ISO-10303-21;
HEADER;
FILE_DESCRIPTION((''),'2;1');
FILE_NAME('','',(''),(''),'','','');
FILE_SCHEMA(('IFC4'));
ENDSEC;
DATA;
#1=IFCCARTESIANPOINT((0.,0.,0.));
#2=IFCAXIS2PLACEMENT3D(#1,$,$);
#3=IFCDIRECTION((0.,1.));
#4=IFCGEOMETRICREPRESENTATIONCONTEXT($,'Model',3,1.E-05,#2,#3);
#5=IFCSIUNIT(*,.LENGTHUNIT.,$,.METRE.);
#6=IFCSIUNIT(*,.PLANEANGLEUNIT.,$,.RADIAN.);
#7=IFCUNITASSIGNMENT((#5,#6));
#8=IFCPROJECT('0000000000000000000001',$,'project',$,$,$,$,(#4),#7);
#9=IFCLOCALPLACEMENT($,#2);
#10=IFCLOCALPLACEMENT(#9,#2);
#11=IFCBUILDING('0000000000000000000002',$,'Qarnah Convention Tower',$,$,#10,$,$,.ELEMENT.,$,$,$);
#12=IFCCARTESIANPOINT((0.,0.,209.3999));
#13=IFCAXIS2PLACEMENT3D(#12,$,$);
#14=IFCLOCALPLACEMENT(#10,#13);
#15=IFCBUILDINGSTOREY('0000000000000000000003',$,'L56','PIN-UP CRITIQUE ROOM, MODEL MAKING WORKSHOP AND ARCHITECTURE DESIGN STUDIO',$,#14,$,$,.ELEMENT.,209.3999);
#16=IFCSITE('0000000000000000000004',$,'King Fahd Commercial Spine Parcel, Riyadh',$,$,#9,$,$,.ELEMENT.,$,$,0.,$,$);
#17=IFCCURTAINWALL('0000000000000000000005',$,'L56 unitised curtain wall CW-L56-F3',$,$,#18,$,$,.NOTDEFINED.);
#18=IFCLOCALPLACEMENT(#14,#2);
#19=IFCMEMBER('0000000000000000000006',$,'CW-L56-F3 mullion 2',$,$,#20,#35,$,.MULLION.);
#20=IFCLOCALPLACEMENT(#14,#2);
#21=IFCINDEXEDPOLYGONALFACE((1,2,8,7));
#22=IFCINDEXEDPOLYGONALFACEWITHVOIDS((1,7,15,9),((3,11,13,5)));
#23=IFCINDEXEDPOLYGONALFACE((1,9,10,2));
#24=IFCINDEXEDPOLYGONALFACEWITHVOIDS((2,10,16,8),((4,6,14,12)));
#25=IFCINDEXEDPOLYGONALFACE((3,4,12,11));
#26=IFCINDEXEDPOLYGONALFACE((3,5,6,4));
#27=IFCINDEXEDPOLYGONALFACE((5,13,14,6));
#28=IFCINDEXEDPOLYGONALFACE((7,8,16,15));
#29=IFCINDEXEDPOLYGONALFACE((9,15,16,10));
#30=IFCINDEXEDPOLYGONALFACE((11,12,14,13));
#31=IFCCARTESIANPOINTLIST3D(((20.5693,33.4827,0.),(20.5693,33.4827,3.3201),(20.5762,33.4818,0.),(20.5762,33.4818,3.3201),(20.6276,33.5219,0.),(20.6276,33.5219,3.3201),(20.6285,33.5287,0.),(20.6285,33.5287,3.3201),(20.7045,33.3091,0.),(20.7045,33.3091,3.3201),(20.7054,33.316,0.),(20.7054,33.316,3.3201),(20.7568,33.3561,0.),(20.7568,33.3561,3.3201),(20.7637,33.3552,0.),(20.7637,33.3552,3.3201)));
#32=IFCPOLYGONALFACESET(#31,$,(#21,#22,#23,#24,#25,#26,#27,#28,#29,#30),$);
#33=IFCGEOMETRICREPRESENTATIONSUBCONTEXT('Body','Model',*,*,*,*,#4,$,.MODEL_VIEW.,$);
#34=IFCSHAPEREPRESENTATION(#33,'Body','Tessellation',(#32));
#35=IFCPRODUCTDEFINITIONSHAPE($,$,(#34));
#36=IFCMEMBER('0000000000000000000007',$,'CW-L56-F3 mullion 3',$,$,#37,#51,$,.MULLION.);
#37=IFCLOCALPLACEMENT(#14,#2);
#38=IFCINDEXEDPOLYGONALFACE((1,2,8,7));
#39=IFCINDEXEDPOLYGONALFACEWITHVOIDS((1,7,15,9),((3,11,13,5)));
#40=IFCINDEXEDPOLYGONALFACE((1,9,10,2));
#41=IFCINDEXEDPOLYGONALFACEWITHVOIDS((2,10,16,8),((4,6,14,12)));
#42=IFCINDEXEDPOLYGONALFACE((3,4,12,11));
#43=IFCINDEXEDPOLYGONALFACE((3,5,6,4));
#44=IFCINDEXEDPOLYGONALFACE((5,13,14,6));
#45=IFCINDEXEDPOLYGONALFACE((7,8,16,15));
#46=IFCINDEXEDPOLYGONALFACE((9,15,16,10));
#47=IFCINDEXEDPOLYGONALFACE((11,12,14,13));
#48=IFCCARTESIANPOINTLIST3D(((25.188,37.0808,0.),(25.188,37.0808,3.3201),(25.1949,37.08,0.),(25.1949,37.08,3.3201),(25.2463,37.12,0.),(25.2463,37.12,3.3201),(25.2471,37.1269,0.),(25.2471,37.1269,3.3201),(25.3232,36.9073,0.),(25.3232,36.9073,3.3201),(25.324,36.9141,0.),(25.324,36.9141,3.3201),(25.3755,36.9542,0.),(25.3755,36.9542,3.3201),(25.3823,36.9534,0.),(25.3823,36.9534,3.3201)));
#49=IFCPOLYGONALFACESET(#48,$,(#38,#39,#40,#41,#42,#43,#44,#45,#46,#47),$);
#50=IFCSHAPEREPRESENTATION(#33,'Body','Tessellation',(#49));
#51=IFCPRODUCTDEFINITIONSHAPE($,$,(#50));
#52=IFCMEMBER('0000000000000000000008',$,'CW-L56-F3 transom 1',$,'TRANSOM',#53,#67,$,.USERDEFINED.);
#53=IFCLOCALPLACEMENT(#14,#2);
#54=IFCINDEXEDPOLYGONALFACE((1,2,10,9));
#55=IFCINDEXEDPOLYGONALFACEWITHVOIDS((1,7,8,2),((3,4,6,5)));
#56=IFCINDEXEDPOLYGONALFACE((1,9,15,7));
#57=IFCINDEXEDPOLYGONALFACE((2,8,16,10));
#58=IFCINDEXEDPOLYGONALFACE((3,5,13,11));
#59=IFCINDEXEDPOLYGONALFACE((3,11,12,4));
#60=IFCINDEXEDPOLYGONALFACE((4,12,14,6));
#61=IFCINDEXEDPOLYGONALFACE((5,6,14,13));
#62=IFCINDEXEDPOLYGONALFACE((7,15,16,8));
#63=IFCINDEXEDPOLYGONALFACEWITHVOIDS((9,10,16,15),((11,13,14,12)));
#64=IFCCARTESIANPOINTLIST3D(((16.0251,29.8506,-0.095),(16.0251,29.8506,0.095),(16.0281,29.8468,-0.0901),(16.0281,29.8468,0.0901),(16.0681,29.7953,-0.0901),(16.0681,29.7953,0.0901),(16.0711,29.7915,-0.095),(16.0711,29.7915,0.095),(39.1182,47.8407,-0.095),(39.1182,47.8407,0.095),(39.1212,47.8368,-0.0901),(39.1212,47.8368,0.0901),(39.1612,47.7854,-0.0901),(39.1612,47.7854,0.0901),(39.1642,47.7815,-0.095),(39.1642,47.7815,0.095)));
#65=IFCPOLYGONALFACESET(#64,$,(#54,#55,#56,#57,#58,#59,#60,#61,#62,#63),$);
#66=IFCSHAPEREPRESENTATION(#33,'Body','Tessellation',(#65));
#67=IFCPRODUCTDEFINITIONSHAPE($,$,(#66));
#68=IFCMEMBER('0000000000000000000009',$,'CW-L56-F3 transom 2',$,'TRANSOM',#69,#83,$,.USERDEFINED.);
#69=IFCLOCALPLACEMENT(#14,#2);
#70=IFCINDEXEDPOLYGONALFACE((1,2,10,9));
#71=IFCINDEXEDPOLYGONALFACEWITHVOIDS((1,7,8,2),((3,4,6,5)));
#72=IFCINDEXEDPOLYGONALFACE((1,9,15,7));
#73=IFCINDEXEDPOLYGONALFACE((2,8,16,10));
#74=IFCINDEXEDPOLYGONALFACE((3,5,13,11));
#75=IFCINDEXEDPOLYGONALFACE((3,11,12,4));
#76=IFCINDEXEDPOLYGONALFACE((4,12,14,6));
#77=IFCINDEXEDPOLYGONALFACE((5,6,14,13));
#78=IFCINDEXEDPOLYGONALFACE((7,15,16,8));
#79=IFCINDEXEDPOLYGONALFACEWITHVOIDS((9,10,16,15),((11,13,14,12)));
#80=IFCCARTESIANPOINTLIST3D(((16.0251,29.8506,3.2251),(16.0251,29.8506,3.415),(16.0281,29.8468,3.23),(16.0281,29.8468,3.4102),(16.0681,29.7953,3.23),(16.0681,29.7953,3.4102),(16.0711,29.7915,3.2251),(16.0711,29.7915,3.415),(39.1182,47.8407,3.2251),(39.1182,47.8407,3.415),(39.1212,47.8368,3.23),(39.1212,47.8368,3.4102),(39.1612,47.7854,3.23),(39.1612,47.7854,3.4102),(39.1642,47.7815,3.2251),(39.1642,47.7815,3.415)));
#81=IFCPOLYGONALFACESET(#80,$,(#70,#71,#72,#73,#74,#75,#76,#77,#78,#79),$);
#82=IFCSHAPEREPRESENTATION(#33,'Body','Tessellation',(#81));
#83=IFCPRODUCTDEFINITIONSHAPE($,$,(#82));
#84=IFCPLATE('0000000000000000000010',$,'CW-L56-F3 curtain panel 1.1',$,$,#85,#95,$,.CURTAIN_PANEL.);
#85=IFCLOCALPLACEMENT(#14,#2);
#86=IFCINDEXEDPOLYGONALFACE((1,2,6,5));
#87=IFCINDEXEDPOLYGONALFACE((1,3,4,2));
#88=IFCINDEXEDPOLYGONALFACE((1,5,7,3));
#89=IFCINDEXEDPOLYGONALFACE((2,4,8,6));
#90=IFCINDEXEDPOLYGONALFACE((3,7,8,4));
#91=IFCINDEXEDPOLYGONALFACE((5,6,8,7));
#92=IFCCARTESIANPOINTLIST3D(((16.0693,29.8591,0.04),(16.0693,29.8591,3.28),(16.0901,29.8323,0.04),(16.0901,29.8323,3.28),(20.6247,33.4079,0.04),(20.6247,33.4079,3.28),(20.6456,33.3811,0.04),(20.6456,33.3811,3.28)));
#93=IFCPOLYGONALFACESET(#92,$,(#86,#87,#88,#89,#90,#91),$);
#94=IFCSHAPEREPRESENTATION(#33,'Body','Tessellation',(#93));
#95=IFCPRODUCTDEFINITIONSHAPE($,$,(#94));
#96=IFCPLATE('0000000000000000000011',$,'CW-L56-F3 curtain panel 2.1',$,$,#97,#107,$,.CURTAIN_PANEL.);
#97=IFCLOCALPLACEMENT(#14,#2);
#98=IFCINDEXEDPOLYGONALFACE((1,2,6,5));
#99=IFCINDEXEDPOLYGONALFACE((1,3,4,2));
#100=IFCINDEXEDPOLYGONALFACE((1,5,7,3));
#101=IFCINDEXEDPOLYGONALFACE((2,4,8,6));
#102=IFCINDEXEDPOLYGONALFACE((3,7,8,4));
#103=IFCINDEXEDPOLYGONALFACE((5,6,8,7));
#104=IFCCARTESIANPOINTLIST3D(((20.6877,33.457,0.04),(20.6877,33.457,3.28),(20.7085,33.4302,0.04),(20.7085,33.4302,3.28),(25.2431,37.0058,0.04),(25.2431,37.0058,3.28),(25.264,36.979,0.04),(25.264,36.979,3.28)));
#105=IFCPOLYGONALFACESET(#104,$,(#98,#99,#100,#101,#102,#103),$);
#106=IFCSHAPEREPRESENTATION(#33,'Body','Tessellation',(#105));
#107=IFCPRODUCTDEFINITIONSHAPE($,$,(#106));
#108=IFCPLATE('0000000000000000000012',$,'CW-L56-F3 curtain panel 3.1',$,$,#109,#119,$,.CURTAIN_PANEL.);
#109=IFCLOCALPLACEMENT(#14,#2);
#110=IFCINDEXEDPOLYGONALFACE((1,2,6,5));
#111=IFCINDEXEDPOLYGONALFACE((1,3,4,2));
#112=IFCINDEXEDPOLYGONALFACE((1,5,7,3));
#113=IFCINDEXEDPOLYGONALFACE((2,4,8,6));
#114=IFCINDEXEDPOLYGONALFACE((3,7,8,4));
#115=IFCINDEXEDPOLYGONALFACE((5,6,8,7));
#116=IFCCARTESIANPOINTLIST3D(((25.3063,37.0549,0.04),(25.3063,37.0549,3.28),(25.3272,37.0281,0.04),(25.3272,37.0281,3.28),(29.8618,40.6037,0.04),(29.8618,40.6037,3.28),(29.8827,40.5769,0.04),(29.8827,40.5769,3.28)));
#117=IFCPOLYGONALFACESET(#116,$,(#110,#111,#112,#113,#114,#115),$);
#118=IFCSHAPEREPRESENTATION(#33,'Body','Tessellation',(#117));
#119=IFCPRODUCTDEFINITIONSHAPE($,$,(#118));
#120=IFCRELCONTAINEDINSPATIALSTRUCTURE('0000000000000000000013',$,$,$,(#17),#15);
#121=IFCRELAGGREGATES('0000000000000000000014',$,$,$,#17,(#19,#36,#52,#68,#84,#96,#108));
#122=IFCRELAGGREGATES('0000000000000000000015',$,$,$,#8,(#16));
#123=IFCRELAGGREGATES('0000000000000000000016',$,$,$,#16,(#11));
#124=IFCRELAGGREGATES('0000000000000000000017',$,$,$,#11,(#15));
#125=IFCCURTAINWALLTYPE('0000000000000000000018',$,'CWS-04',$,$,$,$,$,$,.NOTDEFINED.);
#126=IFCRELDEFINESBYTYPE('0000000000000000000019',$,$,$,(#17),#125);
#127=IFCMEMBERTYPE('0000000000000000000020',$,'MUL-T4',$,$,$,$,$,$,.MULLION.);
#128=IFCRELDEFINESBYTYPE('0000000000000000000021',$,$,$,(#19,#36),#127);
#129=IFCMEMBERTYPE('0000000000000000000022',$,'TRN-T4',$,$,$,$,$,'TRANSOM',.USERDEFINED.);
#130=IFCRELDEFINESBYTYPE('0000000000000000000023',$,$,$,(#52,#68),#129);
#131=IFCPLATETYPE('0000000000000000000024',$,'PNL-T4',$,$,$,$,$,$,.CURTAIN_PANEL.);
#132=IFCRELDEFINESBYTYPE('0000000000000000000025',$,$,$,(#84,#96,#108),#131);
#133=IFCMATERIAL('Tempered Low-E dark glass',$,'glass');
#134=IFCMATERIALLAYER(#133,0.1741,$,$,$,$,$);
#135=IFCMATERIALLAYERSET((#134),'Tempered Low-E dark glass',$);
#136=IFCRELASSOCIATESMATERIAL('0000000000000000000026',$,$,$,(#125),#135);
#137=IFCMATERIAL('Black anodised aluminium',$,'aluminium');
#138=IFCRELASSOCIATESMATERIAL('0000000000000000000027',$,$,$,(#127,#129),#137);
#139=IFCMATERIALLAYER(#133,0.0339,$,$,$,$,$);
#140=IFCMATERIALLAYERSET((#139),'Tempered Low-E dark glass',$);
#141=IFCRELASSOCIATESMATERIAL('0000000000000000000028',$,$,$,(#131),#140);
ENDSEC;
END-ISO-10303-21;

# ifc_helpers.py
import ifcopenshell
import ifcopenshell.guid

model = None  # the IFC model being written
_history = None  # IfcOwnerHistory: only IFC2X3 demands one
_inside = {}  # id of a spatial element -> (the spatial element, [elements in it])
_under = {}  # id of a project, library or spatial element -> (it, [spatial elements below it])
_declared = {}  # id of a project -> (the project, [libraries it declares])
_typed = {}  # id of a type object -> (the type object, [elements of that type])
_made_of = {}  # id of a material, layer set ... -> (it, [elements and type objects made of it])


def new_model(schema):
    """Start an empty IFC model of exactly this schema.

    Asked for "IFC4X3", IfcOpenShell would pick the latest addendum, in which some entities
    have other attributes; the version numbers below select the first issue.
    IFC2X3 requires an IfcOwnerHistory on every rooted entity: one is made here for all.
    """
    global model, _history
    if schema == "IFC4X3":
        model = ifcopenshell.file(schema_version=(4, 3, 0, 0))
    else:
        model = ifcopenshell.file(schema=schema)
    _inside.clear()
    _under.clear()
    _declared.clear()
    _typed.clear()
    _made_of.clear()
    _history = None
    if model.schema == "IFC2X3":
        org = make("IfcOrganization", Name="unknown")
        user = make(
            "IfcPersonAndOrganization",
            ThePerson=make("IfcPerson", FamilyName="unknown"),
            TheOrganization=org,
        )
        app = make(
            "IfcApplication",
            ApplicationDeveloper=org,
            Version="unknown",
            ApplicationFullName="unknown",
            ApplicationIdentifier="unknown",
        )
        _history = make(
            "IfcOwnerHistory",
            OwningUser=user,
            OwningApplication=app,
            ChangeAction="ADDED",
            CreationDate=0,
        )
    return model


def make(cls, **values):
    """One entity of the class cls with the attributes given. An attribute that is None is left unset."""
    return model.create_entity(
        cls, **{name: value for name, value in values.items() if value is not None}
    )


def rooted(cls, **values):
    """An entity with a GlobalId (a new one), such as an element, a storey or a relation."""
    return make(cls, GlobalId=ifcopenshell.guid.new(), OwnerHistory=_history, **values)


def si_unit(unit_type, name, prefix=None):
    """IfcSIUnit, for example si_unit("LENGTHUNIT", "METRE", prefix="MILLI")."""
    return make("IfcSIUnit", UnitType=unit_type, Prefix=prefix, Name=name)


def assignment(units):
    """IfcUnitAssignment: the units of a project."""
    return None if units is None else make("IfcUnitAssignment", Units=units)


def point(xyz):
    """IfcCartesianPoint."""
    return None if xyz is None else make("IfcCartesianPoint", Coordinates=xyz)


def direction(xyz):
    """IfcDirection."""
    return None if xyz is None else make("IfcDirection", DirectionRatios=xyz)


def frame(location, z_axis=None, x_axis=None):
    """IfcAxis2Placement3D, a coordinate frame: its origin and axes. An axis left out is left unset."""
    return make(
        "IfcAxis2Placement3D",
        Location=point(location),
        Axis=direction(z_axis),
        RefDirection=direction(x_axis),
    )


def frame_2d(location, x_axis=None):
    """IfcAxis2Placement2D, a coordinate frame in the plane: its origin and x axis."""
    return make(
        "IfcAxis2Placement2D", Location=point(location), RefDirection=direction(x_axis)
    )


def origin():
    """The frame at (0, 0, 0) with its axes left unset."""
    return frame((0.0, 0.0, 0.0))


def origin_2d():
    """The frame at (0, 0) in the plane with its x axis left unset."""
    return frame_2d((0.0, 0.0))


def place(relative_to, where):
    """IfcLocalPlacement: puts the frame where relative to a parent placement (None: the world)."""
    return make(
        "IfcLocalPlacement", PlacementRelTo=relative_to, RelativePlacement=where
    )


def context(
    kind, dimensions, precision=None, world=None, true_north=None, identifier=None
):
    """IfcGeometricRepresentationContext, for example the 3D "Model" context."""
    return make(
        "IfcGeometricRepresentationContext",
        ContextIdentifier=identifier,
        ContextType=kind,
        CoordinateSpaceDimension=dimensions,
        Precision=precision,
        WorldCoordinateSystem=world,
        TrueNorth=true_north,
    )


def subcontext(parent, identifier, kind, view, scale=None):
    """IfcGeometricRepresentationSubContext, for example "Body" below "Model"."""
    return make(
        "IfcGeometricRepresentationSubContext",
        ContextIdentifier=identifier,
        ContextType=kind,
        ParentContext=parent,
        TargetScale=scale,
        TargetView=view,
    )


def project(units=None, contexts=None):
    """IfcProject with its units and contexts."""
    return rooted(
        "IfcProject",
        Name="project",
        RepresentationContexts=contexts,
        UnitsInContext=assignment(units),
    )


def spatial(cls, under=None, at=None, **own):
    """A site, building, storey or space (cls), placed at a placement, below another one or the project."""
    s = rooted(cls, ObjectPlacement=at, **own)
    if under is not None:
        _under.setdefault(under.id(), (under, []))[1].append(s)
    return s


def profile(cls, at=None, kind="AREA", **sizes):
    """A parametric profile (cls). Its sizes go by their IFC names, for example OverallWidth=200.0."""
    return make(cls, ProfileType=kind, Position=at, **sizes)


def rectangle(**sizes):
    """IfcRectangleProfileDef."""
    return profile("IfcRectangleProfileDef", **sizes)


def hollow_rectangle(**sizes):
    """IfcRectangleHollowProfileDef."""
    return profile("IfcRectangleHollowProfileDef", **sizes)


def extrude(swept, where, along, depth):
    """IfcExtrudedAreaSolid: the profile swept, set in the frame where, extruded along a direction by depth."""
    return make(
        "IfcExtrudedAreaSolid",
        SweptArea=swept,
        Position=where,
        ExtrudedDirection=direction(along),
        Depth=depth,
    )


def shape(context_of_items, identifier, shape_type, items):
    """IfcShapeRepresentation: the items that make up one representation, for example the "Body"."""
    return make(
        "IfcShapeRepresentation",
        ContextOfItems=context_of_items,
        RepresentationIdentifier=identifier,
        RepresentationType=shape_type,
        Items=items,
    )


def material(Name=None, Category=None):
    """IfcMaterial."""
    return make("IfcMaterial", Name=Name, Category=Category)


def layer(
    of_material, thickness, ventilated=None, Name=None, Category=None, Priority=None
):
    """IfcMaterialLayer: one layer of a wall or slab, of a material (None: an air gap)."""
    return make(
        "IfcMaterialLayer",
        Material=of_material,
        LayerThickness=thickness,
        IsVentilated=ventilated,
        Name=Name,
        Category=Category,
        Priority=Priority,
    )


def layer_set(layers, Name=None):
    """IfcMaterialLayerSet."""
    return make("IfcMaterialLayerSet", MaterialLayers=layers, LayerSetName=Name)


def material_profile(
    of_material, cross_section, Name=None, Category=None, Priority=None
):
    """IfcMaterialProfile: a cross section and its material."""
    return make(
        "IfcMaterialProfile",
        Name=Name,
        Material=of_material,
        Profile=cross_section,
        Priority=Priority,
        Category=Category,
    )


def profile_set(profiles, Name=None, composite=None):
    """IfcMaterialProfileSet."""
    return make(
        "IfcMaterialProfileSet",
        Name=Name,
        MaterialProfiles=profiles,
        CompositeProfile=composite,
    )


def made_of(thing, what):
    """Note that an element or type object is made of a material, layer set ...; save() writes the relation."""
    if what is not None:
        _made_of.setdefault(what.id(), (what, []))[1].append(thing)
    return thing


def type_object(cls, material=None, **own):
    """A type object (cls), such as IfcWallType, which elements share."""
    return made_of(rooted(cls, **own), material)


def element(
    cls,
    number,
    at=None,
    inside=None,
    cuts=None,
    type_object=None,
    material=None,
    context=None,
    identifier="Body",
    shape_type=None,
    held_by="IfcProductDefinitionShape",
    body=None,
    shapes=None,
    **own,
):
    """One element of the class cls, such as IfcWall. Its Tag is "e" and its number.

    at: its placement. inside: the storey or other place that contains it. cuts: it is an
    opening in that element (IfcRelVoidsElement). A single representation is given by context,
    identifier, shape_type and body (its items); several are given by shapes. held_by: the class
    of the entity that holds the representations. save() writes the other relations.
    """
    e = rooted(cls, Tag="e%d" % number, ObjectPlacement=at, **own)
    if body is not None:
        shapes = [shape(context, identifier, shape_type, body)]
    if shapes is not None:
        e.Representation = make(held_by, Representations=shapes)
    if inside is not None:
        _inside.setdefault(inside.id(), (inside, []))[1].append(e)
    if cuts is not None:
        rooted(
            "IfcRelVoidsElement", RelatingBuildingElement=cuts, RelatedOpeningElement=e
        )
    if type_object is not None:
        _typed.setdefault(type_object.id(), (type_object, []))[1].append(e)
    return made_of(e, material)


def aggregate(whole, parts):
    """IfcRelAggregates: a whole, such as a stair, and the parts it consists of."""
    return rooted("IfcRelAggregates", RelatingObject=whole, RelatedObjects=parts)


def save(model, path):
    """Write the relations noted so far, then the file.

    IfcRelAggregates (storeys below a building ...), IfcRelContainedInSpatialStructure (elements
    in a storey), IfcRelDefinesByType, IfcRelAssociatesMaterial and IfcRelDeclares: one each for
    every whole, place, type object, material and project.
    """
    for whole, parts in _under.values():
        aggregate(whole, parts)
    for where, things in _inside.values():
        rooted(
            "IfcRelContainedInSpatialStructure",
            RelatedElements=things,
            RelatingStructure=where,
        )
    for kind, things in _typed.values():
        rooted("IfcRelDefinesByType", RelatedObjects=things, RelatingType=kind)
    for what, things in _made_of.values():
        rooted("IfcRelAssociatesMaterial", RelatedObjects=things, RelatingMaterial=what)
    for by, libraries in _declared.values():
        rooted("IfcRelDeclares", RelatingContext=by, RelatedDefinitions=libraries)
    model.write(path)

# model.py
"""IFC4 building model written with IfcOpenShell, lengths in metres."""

from ifc_helpers import new_model, si_unit, direction, frame, origin, origin_2d, place, context, subcontext, project, spatial, rectangle, hollow_rectangle, extrude, material, layer, layer_set, material_profile, profile_set, type_object, element, aggregate, save


model = new_model("IFC4")

# Units and contexts
model_context = context("Model", 3, precision=1e-05, world=origin(), true_north=direction((0.0, 1.0)))
body_context = subcontext(model_context, "Body", "Model", "MODEL_VIEW")
ifc_project = project(units=[si_unit("LENGTHUNIT", "METRE"), si_unit("PLANEANGLEUNIT", "RADIAN")], contexts=[model_context])

# Site, building, storey
site_placement = place(None, origin())
site = spatial("IfcSite", under=ifc_project, at=site_placement, Name="King Fahd Commercial Spine Parcel, Riyadh", CompositionType="ELEMENT", RefElevation=0.0)
building_placement = place(site_placement, origin())
building = spatial("IfcBuilding", under=site, at=building_placement, Name="Qarnah Convention Tower", CompositionType="ELEMENT")
storey_placement = place(building_placement, frame((0.0, 0.0, 209.3999)))
storey = spatial("IfcBuildingStorey", under=building, at=storey_placement, Name="L56", Description="PIN-UP CRITIQUE ROOM, MODEL MAKING WORKSHOP AND ARCHITECTURE DESIGN STUDIO", CompositionType="ELEMENT", Elevation=209.3999)

# Curtain wall, members, plates
ifc_material_1 = material(Name="Tempered Low-E dark glass", Category="glass")
ifc_layer_1 = layer(ifc_material_1, 0.1741)
ifc_layer_set_1 = layer_set([ifc_layer_1], Name="Tempered Low-E dark glass")
curtain_wall_type = type_object("IfcCurtainWallType", Name="CWS-04", PredefinedType="NOTDEFINED", material=ifc_layer_set_1)
curtain_wall_placement = place(storey_placement, origin())
curtain_wall = element("IfcCurtainWall", 1, at=curtain_wall_placement, inside=storey, type_object=curtain_wall_type, Name="L56 unitised curtain wall CW-L56-F3", PredefinedType="NOTDEFINED")
ifc_material_2 = material(Name="Black anodised aluminium", Category="aluminium")
ifc_material_profile_1 = material_profile(ifc_material_2, hollow_rectangle(XDim=0.075, YDim=0.22, WallThickness=0.0049, at=origin_2d()), Name="MUL-75X220")
ifc_profile_set_1 = profile_set([ifc_material_profile_1], Name="Black anodised aluminium")
member_type_1 = type_object("IfcMemberType", Name="MUL-T4", PredefinedType="MULLION", material=ifc_profile_set_1)
member_1_placement = place(storey_placement, frame((20.6665, 33.4189, 0.0), z_axis=(0.0, 0.0, 1.0), x_axis=(0.788876, 0.614553, 0.0)))
member_1 = element("IfcMember", 2, at=member_1_placement, type_object=member_type_1, Name="CW-L56-F3 mullion 2", PredefinedType="MULLION", context=body_context, shape_type="SweptSolid", body=[
    extrude(hollow_rectangle(XDim=0.075, YDim=0.22, WallThickness=0.0049, at=origin_2d()), origin(), (0.0, 0.0, 1.0), 3.3201),
])
member_2_placement = place(storey_placement, frame((25.2852, 37.0171, 0.0), z_axis=(0.0, 0.0, 1.0), x_axis=(0.788876, 0.614553, 0.0)))
member_2 = element("IfcMember", 3, at=member_2_placement, type_object=member_type_1, Name="CW-L56-F3 mullion 3", PredefinedType="MULLION", context=body_context, shape_type="SweptSolid", body=[
    extrude(hollow_rectangle(XDim=0.075, YDim=0.22, WallThickness=0.0049, at=origin_2d()), origin(), (0.0, 0.0, 1.0), 3.3201),
])
ifc_material_profile_2 = material_profile(ifc_material_2, hollow_rectangle(XDim=0.075, YDim=0.1899, WallThickness=0.0049, at=origin_2d()), Name="TRN-75X190")
ifc_profile_set_2 = profile_set([ifc_material_profile_2], Name="Black anodised aluminium")
member_type_2 = type_object("IfcMemberType", Name="TRN-T4", ElementType="TRANSOM", PredefinedType="USERDEFINED", material=ifc_profile_set_2)
member_3_placement = place(storey_placement, frame((16.0481, 29.821, 0.0), z_axis=(0.788876, 0.614552, 0.0), x_axis=(-0.614552, 0.788876, 0.0)))
member_3 = element("IfcMember", 4, at=member_3_placement, type_object=member_type_2, Name="CW-L56-F3 transom 1", ObjectType="TRANSOM", PredefinedType="USERDEFINED", context=body_context, shape_type="SweptSolid", body=[
    extrude(hollow_rectangle(XDim=0.075, YDim=0.1899, WallThickness=0.0049, at=origin_2d()), origin(), (0.0, 0.0, 1.0), 29.2734),
])
member_4_placement = place(storey_placement, frame((16.0481, 29.821, 3.3201), z_axis=(0.788876, 0.614552, 0.0), x_axis=(-0.614552, 0.788876, 0.0)))
member_4 = element("IfcMember", 5, at=member_4_placement, type_object=member_type_2, Name="CW-L56-F3 transom 2", ObjectType="TRANSOM", PredefinedType="USERDEFINED", context=body_context, shape_type="SweptSolid", body=[
    extrude(hollow_rectangle(XDim=0.075, YDim=0.1899, WallThickness=0.0049, at=origin_2d()), origin(), (0.0, 0.0, 1.0), 29.2734),
])
ifc_layer_2 = layer(ifc_material_1, 0.0339)
ifc_layer_set_2 = layer_set([ifc_layer_2], Name="Tempered Low-E dark glass")
plate_type = type_object("IfcPlateType", Name="PNL-T4", PredefinedType="CURTAIN_PANEL", material=ifc_layer_set_2)
plate_1_placement = place(storey_placement, frame((18.3574, 31.6201, 0.04), z_axis=(0.0, 0.0, 1.0), x_axis=(0.788876, 0.614553, 0.0)))
plate_1 = element("IfcPlate", 6, at=plate_1_placement, type_object=plate_type, Name="CW-L56-F3 curtain panel 1.1", PredefinedType="CURTAIN_PANEL", context=body_context, shape_type="SweptSolid", body=[
    extrude(rectangle(XDim=5.7747, YDim=0.0339, at=origin_2d()), origin(), (0.0, 0.0, 1.0), 3.24),
])
plate_2_placement = place(storey_placement, frame((22.9758, 35.218, 0.04), z_axis=(0.0, 0.0, 1.0), x_axis=(0.788876, 0.614553, 0.0)))
plate_2 = element("IfcPlate", 7, at=plate_2_placement, type_object=plate_type, Name="CW-L56-F3 curtain panel 2.1", PredefinedType="CURTAIN_PANEL", context=body_context, shape_type="SweptSolid", body=[
    extrude(rectangle(XDim=5.7747, YDim=0.0339, at=origin_2d()), origin(), (0.0, 0.0, 1.0), 3.24),
])
plate_3_placement = place(storey_placement, frame((27.5945, 38.8159, 0.04), z_axis=(0.0, 0.0, 1.0), x_axis=(0.788876, 0.614553, 0.0)))
plate_3 = element("IfcPlate", 8, at=plate_3_placement, type_object=plate_type, Name="CW-L56-F3 curtain panel 3.1", PredefinedType="CURTAIN_PANEL", context=body_context, shape_type="SweptSolid", body=[
    extrude(rectangle(XDim=5.7747, YDim=0.0339, at=origin_2d()), origin(), (0.0, 0.0, 1.0), 3.24),
])
aggregate(curtain_wall, [member_1, member_2, member_3, member_4, plate_1, plate_2, plate_3])

save(model, "model.ifc")
